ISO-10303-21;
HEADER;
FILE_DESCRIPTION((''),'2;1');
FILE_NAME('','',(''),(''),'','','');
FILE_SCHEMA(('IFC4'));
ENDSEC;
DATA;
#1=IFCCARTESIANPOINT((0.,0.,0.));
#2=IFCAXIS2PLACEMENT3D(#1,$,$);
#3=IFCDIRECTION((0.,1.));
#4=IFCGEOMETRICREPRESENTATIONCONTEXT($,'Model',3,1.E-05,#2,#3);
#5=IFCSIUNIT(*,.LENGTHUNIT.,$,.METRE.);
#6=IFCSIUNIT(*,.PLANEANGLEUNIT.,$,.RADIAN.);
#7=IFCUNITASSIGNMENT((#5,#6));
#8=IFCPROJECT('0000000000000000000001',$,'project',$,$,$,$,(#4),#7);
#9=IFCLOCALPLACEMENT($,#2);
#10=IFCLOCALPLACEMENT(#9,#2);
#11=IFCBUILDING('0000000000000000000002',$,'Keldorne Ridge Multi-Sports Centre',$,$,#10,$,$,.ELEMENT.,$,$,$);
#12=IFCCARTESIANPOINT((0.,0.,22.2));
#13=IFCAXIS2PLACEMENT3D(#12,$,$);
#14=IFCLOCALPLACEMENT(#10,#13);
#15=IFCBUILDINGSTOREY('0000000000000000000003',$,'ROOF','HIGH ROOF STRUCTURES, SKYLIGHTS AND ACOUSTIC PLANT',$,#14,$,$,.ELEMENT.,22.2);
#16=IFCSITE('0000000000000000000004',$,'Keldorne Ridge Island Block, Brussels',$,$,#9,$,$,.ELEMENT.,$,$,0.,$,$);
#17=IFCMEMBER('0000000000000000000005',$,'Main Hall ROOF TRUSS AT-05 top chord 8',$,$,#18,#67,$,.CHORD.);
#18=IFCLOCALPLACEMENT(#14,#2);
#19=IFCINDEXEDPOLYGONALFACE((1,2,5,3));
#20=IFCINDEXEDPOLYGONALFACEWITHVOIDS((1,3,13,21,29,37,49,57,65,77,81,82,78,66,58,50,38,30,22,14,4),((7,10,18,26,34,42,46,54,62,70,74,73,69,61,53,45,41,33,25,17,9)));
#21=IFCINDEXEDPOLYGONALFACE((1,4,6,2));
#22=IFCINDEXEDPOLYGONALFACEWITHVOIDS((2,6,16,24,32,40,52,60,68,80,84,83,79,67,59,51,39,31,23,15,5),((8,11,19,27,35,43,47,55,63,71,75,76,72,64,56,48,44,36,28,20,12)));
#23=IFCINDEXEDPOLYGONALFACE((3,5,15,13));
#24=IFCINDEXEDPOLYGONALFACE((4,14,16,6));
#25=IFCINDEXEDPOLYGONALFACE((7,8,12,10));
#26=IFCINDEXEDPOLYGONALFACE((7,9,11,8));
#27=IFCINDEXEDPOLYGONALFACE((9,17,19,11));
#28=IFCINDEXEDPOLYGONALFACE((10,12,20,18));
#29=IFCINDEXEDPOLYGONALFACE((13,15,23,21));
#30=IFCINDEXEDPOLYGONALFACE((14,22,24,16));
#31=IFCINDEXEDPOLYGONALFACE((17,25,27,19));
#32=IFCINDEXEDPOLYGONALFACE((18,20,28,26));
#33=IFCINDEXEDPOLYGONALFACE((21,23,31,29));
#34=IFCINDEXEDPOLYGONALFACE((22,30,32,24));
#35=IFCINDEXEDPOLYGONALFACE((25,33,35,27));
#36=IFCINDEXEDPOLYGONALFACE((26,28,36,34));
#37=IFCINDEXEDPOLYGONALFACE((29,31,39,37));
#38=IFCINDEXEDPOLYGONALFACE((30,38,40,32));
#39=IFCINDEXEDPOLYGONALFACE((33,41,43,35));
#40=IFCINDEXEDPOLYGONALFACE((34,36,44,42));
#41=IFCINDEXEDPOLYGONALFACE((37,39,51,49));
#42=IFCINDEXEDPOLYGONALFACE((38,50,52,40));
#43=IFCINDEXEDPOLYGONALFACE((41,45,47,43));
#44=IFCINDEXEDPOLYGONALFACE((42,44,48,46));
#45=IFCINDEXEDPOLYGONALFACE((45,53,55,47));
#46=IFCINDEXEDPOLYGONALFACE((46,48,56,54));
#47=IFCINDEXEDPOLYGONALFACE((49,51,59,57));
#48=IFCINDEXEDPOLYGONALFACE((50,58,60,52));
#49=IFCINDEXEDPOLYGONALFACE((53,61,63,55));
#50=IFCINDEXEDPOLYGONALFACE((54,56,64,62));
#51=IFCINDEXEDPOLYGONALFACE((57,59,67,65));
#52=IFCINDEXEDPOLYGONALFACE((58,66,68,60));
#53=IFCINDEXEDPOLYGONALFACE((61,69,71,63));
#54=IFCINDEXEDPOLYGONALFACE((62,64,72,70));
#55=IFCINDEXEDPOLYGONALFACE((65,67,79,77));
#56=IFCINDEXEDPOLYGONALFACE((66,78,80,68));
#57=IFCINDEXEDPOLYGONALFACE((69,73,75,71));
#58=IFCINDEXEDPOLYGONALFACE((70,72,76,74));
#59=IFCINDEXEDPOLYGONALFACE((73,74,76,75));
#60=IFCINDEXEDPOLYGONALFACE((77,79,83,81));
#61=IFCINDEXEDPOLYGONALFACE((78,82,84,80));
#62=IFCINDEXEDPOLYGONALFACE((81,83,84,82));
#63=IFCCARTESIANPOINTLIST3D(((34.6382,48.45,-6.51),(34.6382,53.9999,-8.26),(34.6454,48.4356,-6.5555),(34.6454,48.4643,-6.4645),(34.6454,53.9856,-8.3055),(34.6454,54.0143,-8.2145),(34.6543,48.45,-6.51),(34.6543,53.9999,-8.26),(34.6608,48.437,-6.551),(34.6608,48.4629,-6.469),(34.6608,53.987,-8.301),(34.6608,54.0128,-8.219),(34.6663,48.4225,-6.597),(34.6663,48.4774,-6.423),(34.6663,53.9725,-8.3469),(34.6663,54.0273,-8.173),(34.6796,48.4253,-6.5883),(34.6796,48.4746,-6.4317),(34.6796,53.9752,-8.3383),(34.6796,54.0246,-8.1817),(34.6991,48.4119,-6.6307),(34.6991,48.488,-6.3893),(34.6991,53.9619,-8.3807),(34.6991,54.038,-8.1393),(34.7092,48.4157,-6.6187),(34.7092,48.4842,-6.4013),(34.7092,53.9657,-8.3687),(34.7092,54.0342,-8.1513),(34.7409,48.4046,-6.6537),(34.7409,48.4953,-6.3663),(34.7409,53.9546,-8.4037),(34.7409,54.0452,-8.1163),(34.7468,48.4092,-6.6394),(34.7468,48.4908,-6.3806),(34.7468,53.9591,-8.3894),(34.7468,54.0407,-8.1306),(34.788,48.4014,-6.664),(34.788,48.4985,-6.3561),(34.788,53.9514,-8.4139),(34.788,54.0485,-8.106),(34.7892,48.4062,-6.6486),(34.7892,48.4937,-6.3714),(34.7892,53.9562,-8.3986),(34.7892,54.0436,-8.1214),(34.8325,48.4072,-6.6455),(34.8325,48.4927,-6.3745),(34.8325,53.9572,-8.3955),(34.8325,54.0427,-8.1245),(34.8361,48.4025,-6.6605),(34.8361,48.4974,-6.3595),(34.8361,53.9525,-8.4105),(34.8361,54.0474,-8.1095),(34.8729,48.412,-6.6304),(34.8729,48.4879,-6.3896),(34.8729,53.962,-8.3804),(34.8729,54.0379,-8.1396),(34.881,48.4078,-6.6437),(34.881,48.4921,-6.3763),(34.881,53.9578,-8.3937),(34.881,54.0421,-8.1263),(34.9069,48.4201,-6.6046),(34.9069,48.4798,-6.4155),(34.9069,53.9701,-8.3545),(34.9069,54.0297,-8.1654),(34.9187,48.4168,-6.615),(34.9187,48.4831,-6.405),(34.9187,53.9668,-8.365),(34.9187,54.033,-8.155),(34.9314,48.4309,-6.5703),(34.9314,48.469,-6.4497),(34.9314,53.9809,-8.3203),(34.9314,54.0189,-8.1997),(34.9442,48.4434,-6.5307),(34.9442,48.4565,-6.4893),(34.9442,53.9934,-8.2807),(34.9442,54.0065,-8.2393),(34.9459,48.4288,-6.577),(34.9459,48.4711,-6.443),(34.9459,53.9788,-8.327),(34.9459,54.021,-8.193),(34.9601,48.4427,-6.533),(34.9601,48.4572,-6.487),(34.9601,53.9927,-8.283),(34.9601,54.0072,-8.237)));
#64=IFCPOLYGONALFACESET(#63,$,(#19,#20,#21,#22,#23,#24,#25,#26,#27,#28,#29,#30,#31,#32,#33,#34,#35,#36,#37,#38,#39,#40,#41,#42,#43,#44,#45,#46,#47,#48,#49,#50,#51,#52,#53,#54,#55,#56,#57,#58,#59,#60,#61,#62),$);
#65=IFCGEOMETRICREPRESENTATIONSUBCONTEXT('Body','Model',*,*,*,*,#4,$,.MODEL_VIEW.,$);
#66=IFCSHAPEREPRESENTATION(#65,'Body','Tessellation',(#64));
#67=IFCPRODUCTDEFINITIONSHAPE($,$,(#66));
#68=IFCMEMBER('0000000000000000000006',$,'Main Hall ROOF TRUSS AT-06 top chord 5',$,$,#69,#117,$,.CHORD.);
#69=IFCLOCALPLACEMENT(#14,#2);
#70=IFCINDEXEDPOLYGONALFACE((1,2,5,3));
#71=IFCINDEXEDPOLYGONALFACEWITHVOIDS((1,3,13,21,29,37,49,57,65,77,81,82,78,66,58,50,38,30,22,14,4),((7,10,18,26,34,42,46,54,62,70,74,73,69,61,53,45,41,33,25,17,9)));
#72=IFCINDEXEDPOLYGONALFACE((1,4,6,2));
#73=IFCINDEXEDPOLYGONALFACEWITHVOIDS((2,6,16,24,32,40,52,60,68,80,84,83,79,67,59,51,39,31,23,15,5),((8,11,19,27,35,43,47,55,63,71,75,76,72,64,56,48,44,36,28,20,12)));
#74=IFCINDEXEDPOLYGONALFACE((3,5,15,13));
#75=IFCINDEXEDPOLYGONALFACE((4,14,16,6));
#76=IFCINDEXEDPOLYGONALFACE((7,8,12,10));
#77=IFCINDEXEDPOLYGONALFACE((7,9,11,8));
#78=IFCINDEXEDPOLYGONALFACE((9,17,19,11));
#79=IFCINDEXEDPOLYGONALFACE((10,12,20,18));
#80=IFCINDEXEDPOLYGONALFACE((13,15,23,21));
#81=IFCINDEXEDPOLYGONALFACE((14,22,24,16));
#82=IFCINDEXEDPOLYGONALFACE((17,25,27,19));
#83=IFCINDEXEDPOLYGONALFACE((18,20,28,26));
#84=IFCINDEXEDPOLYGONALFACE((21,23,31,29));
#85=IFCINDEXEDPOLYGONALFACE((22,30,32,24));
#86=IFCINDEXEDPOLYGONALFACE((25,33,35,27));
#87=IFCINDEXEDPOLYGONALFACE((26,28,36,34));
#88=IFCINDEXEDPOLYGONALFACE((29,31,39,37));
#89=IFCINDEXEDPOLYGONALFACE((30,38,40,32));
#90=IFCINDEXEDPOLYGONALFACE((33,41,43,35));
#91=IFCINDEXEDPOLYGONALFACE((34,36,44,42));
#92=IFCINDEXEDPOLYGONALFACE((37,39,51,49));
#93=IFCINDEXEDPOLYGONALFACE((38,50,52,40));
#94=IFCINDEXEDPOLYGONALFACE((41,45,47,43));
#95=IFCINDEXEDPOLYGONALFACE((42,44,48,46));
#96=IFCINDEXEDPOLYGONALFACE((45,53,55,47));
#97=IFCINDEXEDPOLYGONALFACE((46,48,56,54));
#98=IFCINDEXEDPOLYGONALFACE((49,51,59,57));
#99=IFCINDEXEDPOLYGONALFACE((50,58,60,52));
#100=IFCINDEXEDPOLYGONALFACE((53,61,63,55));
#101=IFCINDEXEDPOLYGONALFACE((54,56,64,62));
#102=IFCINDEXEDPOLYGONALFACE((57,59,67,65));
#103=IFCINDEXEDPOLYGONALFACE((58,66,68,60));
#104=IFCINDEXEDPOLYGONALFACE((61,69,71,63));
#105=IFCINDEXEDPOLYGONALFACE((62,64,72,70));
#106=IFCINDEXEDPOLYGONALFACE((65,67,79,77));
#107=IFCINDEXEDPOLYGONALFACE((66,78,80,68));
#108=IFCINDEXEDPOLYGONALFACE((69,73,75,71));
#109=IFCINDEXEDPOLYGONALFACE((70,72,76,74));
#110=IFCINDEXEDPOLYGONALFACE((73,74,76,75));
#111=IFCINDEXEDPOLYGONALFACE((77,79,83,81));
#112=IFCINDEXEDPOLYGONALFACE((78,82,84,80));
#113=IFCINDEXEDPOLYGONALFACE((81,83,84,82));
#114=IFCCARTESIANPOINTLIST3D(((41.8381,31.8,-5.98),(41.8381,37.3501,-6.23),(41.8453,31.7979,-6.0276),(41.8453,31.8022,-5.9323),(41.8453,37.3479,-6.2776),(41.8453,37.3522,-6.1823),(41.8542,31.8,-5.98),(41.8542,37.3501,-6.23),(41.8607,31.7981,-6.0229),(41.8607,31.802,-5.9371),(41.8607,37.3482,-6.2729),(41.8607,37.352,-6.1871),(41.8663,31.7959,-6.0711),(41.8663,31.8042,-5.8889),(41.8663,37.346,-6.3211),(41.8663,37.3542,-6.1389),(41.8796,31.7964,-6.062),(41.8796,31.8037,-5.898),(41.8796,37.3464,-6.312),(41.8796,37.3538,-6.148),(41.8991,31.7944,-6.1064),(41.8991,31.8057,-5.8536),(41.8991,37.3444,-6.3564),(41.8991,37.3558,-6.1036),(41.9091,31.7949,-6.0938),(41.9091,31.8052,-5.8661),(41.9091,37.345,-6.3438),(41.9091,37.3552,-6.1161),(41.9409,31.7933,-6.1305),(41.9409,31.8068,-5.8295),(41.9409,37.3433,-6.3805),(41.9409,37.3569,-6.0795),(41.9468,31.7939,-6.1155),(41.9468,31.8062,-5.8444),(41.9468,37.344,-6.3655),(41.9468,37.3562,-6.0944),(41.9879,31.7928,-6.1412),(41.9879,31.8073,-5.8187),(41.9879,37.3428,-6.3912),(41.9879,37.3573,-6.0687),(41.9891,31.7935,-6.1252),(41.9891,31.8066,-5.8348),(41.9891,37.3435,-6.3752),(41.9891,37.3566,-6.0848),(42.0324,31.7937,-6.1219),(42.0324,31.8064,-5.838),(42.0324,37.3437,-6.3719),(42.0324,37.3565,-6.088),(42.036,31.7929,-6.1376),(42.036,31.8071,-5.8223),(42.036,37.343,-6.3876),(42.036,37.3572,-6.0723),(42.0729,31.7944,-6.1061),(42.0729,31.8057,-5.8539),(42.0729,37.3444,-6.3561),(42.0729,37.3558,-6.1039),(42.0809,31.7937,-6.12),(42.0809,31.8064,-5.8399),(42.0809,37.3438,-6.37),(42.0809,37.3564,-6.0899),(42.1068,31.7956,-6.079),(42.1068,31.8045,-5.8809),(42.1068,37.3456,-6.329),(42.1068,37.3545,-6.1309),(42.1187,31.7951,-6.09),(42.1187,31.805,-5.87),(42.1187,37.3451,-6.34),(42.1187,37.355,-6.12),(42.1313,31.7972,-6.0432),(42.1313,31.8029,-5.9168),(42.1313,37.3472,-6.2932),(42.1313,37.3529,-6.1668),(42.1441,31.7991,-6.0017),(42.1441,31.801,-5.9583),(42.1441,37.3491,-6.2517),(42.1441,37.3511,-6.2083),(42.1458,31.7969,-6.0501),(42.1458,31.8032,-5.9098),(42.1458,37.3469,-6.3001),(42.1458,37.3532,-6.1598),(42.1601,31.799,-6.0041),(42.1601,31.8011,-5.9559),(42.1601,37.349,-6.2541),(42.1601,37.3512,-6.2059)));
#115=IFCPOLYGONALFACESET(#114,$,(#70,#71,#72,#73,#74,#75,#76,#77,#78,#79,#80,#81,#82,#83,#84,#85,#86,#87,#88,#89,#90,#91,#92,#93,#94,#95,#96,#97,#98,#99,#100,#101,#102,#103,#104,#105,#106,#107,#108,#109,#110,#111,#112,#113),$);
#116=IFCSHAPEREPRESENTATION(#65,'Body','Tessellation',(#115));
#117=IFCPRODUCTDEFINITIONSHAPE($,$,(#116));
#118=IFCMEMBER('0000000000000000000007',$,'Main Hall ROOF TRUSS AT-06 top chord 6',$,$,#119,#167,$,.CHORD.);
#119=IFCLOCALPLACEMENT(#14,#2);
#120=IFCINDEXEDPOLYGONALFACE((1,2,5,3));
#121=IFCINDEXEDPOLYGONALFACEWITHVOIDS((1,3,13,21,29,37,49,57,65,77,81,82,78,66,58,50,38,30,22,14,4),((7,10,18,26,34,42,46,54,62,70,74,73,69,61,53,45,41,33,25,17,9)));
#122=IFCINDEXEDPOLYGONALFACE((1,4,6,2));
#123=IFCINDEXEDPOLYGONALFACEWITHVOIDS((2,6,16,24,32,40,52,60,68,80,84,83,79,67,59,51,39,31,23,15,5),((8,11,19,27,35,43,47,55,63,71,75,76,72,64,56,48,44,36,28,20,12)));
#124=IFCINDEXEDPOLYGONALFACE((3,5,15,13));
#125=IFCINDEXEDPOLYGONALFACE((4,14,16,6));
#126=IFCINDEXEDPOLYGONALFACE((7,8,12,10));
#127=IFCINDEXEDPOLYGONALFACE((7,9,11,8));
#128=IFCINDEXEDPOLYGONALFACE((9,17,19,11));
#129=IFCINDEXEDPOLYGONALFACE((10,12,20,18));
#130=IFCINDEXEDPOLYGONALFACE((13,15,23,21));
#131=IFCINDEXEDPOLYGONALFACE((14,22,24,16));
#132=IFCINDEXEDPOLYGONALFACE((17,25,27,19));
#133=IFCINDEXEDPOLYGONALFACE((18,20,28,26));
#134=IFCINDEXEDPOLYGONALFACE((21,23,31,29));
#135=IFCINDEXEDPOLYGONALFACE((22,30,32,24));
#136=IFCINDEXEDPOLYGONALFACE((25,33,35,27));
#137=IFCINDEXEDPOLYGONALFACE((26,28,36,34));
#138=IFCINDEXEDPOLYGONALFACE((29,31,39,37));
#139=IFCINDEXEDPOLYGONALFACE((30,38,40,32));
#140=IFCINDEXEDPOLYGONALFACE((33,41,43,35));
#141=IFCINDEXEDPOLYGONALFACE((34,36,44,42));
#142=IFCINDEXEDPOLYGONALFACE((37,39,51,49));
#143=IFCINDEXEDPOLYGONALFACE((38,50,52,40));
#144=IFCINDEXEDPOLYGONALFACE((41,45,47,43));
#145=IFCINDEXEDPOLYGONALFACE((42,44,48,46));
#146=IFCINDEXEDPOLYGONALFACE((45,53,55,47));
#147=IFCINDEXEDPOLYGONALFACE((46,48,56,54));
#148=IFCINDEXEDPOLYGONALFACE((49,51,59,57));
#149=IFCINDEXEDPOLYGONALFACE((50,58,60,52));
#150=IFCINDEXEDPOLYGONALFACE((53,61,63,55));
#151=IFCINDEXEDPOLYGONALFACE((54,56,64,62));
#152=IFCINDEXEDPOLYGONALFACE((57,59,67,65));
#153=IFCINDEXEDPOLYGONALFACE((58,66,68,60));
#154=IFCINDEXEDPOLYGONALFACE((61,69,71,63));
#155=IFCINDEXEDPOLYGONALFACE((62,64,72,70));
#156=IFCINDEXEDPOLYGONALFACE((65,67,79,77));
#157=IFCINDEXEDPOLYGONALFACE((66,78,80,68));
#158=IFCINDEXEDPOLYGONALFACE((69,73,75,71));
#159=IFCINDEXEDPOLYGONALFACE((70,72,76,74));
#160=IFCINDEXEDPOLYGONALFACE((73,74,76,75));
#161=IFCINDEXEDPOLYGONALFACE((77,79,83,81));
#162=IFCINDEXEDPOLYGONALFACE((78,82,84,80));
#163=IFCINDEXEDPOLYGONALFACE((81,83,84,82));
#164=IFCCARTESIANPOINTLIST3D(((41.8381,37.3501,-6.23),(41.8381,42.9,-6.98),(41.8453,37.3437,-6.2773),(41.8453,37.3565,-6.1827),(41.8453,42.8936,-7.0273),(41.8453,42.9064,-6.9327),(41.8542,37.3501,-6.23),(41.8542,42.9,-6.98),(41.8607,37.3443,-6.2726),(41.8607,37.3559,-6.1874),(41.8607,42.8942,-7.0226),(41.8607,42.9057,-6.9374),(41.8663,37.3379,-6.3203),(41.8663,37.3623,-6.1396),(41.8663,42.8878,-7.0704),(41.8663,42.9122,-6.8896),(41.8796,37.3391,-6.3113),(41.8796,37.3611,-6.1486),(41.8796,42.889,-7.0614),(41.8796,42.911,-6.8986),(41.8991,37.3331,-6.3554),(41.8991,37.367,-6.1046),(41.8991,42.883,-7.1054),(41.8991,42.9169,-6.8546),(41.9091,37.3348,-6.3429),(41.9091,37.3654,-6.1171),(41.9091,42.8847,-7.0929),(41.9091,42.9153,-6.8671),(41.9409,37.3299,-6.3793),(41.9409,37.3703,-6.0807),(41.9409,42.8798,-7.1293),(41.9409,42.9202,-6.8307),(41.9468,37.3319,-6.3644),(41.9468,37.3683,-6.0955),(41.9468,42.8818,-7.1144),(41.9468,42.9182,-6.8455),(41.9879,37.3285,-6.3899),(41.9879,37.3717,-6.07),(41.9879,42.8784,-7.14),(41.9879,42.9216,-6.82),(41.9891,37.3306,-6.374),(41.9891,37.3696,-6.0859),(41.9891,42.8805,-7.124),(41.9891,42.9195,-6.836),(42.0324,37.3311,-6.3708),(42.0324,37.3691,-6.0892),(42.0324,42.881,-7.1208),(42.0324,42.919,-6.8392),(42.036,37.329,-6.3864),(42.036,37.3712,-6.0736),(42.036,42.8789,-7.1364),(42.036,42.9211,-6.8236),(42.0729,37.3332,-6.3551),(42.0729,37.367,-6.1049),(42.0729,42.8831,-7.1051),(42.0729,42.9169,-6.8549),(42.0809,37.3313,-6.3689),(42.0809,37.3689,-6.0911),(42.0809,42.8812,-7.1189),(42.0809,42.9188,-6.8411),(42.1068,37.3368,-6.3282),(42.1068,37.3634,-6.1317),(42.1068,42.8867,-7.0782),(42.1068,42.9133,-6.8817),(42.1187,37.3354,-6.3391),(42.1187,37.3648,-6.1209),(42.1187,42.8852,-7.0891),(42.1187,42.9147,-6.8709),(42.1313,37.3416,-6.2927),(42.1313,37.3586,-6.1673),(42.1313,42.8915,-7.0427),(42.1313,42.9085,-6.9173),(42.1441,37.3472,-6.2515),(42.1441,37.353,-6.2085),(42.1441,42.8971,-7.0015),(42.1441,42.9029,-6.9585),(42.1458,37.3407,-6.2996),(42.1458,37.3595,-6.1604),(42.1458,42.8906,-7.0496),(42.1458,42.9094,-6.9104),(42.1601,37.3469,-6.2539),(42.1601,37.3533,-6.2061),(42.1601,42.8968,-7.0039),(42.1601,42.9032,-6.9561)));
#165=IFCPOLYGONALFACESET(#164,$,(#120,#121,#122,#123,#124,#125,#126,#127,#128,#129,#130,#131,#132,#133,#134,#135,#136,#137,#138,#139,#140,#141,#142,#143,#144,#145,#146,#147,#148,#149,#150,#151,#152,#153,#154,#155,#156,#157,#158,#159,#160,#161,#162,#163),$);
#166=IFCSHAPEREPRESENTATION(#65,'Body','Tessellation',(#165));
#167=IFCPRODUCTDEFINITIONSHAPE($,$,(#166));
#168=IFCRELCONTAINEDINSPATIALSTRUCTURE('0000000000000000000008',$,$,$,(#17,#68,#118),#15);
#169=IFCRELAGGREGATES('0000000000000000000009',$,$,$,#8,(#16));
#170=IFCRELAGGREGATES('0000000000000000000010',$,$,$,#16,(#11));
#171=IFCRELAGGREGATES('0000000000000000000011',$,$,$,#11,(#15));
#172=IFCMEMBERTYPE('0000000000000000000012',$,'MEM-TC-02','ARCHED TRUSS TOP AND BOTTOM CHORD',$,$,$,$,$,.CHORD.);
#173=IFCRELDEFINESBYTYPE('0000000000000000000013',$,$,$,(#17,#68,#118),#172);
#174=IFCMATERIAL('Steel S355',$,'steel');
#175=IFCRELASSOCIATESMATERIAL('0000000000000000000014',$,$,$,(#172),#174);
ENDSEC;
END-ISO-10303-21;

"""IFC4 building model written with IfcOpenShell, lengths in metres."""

from ifc_helpers import new_model, si_unit, direction, frame, origin, origin_2d, place, context, subcontext, project, spatial, hollow_circle, extrude, material, material_profile, profile_set, type_object, element, save


model = new_model("IFC4")

# Units and contexts
model_context = context("Model", 3, precision=1e-05, world=origin(), true_north=direction((0.0, 1.0)))
body_context = subcontext(model_context, "Body", "Model", "MODEL_VIEW")
ifc_project = project(units=[si_unit("LENGTHUNIT", "METRE"), si_unit("PLANEANGLEUNIT", "RADIAN")], contexts=[model_context])

# Site, building, storey
site_placement = place(None, origin())
site = spatial("IfcSite", under=ifc_project, at=site_placement, Name="Keldorne Ridge Island Block, Brussels", CompositionType="ELEMENT", RefElevation=0.0)
building_placement = place(site_placement, origin())
building = spatial("IfcBuilding", under=site, at=building_placement, Name="Keldorne Ridge Multi-Sports Centre", CompositionType="ELEMENT")
storey_placement = place(building_placement, frame((0.0, 0.0, 22.2)))
storey = spatial("IfcBuildingStorey", under=building, at=storey_placement, Name="ROOF", Description="HIGH ROOF STRUCTURES, SKYLIGHTS AND ACOUSTIC PLANT", CompositionType="ELEMENT", Elevation=22.2)

# Members
ifc_material = material(Name="Steel S355", Category="steel")
ifc_material_profile_1 = material_profile(ifc_material, hollow_circle(Radius=0.1619, WallThickness=0.0161, at=origin_2d()), Name="CHS 323.9x16")
ifc_profile_set_1 = profile_set([ifc_material_profile_1], Name="Steel S355")
member_type_1 = type_object("IfcMemberType", Name="MEM-TC-02", Description="ARCHED TRUSS TOP AND BOTTOM CHORD", PredefinedType="CHORD", material=ifc_profile_set_1)
member_1_placement = place(storey_placement, frame((34.8, 48.45, -6.51), z_axis=(0.0, 0.953713, -0.300718), x_axis=(-1.0, 0.0, 0.0)))
element("IfcMember", 1, at=member_1_placement, inside=storey, type_object=member_type_1, Name="Main Hall ROOF TRUSS AT-05 top chord 8", PredefinedType="CHORD", context=body_context, shape_type="SweptSolid", body=[
    extrude(hollow_circle(Radius=0.1619, WallThickness=0.0161, at=origin_2d()), origin(), (0.0, 0.0, 1.0), 5.8193),
])
member_2_placement = place(storey_placement, frame((42.0, 31.8, -5.98), z_axis=(0.0, 0.998987, -0.044999), x_axis=(-1.0, 0.0, 0.0)))
element("IfcMember", 2, at=member_2_placement, inside=storey, type_object=member_type_1, Name="Main Hall ROOF TRUSS AT-06 top chord 5", PredefinedType="CHORD", context=body_context, shape_type="SweptSolid", body=[
    extrude(hollow_circle(Radius=0.1619, WallThickness=0.0161, at=origin_2d()), origin(), (0.0, 0.0, 1.0), 5.5557),
])
member_3_placement = place(storey_placement, frame((42.0, 37.3501, -6.23), z_axis=(0.0, 0.990992, -0.133923), x_axis=(-1.0, 0.0, 0.0)))
element("IfcMember", 3, at=member_3_placement, inside=storey, type_object=member_type_1, Name="Main Hall ROOF TRUSS AT-06 top chord 6", PredefinedType="CHORD", context=body_context, shape_type="SweptSolid", body=[
    extrude(hollow_circle(Radius=0.1619, WallThickness=0.0161, at=origin_2d()), origin(), (0.0, 0.0, 1.0), 5.6003),
])

save(model, "model.ifc")
